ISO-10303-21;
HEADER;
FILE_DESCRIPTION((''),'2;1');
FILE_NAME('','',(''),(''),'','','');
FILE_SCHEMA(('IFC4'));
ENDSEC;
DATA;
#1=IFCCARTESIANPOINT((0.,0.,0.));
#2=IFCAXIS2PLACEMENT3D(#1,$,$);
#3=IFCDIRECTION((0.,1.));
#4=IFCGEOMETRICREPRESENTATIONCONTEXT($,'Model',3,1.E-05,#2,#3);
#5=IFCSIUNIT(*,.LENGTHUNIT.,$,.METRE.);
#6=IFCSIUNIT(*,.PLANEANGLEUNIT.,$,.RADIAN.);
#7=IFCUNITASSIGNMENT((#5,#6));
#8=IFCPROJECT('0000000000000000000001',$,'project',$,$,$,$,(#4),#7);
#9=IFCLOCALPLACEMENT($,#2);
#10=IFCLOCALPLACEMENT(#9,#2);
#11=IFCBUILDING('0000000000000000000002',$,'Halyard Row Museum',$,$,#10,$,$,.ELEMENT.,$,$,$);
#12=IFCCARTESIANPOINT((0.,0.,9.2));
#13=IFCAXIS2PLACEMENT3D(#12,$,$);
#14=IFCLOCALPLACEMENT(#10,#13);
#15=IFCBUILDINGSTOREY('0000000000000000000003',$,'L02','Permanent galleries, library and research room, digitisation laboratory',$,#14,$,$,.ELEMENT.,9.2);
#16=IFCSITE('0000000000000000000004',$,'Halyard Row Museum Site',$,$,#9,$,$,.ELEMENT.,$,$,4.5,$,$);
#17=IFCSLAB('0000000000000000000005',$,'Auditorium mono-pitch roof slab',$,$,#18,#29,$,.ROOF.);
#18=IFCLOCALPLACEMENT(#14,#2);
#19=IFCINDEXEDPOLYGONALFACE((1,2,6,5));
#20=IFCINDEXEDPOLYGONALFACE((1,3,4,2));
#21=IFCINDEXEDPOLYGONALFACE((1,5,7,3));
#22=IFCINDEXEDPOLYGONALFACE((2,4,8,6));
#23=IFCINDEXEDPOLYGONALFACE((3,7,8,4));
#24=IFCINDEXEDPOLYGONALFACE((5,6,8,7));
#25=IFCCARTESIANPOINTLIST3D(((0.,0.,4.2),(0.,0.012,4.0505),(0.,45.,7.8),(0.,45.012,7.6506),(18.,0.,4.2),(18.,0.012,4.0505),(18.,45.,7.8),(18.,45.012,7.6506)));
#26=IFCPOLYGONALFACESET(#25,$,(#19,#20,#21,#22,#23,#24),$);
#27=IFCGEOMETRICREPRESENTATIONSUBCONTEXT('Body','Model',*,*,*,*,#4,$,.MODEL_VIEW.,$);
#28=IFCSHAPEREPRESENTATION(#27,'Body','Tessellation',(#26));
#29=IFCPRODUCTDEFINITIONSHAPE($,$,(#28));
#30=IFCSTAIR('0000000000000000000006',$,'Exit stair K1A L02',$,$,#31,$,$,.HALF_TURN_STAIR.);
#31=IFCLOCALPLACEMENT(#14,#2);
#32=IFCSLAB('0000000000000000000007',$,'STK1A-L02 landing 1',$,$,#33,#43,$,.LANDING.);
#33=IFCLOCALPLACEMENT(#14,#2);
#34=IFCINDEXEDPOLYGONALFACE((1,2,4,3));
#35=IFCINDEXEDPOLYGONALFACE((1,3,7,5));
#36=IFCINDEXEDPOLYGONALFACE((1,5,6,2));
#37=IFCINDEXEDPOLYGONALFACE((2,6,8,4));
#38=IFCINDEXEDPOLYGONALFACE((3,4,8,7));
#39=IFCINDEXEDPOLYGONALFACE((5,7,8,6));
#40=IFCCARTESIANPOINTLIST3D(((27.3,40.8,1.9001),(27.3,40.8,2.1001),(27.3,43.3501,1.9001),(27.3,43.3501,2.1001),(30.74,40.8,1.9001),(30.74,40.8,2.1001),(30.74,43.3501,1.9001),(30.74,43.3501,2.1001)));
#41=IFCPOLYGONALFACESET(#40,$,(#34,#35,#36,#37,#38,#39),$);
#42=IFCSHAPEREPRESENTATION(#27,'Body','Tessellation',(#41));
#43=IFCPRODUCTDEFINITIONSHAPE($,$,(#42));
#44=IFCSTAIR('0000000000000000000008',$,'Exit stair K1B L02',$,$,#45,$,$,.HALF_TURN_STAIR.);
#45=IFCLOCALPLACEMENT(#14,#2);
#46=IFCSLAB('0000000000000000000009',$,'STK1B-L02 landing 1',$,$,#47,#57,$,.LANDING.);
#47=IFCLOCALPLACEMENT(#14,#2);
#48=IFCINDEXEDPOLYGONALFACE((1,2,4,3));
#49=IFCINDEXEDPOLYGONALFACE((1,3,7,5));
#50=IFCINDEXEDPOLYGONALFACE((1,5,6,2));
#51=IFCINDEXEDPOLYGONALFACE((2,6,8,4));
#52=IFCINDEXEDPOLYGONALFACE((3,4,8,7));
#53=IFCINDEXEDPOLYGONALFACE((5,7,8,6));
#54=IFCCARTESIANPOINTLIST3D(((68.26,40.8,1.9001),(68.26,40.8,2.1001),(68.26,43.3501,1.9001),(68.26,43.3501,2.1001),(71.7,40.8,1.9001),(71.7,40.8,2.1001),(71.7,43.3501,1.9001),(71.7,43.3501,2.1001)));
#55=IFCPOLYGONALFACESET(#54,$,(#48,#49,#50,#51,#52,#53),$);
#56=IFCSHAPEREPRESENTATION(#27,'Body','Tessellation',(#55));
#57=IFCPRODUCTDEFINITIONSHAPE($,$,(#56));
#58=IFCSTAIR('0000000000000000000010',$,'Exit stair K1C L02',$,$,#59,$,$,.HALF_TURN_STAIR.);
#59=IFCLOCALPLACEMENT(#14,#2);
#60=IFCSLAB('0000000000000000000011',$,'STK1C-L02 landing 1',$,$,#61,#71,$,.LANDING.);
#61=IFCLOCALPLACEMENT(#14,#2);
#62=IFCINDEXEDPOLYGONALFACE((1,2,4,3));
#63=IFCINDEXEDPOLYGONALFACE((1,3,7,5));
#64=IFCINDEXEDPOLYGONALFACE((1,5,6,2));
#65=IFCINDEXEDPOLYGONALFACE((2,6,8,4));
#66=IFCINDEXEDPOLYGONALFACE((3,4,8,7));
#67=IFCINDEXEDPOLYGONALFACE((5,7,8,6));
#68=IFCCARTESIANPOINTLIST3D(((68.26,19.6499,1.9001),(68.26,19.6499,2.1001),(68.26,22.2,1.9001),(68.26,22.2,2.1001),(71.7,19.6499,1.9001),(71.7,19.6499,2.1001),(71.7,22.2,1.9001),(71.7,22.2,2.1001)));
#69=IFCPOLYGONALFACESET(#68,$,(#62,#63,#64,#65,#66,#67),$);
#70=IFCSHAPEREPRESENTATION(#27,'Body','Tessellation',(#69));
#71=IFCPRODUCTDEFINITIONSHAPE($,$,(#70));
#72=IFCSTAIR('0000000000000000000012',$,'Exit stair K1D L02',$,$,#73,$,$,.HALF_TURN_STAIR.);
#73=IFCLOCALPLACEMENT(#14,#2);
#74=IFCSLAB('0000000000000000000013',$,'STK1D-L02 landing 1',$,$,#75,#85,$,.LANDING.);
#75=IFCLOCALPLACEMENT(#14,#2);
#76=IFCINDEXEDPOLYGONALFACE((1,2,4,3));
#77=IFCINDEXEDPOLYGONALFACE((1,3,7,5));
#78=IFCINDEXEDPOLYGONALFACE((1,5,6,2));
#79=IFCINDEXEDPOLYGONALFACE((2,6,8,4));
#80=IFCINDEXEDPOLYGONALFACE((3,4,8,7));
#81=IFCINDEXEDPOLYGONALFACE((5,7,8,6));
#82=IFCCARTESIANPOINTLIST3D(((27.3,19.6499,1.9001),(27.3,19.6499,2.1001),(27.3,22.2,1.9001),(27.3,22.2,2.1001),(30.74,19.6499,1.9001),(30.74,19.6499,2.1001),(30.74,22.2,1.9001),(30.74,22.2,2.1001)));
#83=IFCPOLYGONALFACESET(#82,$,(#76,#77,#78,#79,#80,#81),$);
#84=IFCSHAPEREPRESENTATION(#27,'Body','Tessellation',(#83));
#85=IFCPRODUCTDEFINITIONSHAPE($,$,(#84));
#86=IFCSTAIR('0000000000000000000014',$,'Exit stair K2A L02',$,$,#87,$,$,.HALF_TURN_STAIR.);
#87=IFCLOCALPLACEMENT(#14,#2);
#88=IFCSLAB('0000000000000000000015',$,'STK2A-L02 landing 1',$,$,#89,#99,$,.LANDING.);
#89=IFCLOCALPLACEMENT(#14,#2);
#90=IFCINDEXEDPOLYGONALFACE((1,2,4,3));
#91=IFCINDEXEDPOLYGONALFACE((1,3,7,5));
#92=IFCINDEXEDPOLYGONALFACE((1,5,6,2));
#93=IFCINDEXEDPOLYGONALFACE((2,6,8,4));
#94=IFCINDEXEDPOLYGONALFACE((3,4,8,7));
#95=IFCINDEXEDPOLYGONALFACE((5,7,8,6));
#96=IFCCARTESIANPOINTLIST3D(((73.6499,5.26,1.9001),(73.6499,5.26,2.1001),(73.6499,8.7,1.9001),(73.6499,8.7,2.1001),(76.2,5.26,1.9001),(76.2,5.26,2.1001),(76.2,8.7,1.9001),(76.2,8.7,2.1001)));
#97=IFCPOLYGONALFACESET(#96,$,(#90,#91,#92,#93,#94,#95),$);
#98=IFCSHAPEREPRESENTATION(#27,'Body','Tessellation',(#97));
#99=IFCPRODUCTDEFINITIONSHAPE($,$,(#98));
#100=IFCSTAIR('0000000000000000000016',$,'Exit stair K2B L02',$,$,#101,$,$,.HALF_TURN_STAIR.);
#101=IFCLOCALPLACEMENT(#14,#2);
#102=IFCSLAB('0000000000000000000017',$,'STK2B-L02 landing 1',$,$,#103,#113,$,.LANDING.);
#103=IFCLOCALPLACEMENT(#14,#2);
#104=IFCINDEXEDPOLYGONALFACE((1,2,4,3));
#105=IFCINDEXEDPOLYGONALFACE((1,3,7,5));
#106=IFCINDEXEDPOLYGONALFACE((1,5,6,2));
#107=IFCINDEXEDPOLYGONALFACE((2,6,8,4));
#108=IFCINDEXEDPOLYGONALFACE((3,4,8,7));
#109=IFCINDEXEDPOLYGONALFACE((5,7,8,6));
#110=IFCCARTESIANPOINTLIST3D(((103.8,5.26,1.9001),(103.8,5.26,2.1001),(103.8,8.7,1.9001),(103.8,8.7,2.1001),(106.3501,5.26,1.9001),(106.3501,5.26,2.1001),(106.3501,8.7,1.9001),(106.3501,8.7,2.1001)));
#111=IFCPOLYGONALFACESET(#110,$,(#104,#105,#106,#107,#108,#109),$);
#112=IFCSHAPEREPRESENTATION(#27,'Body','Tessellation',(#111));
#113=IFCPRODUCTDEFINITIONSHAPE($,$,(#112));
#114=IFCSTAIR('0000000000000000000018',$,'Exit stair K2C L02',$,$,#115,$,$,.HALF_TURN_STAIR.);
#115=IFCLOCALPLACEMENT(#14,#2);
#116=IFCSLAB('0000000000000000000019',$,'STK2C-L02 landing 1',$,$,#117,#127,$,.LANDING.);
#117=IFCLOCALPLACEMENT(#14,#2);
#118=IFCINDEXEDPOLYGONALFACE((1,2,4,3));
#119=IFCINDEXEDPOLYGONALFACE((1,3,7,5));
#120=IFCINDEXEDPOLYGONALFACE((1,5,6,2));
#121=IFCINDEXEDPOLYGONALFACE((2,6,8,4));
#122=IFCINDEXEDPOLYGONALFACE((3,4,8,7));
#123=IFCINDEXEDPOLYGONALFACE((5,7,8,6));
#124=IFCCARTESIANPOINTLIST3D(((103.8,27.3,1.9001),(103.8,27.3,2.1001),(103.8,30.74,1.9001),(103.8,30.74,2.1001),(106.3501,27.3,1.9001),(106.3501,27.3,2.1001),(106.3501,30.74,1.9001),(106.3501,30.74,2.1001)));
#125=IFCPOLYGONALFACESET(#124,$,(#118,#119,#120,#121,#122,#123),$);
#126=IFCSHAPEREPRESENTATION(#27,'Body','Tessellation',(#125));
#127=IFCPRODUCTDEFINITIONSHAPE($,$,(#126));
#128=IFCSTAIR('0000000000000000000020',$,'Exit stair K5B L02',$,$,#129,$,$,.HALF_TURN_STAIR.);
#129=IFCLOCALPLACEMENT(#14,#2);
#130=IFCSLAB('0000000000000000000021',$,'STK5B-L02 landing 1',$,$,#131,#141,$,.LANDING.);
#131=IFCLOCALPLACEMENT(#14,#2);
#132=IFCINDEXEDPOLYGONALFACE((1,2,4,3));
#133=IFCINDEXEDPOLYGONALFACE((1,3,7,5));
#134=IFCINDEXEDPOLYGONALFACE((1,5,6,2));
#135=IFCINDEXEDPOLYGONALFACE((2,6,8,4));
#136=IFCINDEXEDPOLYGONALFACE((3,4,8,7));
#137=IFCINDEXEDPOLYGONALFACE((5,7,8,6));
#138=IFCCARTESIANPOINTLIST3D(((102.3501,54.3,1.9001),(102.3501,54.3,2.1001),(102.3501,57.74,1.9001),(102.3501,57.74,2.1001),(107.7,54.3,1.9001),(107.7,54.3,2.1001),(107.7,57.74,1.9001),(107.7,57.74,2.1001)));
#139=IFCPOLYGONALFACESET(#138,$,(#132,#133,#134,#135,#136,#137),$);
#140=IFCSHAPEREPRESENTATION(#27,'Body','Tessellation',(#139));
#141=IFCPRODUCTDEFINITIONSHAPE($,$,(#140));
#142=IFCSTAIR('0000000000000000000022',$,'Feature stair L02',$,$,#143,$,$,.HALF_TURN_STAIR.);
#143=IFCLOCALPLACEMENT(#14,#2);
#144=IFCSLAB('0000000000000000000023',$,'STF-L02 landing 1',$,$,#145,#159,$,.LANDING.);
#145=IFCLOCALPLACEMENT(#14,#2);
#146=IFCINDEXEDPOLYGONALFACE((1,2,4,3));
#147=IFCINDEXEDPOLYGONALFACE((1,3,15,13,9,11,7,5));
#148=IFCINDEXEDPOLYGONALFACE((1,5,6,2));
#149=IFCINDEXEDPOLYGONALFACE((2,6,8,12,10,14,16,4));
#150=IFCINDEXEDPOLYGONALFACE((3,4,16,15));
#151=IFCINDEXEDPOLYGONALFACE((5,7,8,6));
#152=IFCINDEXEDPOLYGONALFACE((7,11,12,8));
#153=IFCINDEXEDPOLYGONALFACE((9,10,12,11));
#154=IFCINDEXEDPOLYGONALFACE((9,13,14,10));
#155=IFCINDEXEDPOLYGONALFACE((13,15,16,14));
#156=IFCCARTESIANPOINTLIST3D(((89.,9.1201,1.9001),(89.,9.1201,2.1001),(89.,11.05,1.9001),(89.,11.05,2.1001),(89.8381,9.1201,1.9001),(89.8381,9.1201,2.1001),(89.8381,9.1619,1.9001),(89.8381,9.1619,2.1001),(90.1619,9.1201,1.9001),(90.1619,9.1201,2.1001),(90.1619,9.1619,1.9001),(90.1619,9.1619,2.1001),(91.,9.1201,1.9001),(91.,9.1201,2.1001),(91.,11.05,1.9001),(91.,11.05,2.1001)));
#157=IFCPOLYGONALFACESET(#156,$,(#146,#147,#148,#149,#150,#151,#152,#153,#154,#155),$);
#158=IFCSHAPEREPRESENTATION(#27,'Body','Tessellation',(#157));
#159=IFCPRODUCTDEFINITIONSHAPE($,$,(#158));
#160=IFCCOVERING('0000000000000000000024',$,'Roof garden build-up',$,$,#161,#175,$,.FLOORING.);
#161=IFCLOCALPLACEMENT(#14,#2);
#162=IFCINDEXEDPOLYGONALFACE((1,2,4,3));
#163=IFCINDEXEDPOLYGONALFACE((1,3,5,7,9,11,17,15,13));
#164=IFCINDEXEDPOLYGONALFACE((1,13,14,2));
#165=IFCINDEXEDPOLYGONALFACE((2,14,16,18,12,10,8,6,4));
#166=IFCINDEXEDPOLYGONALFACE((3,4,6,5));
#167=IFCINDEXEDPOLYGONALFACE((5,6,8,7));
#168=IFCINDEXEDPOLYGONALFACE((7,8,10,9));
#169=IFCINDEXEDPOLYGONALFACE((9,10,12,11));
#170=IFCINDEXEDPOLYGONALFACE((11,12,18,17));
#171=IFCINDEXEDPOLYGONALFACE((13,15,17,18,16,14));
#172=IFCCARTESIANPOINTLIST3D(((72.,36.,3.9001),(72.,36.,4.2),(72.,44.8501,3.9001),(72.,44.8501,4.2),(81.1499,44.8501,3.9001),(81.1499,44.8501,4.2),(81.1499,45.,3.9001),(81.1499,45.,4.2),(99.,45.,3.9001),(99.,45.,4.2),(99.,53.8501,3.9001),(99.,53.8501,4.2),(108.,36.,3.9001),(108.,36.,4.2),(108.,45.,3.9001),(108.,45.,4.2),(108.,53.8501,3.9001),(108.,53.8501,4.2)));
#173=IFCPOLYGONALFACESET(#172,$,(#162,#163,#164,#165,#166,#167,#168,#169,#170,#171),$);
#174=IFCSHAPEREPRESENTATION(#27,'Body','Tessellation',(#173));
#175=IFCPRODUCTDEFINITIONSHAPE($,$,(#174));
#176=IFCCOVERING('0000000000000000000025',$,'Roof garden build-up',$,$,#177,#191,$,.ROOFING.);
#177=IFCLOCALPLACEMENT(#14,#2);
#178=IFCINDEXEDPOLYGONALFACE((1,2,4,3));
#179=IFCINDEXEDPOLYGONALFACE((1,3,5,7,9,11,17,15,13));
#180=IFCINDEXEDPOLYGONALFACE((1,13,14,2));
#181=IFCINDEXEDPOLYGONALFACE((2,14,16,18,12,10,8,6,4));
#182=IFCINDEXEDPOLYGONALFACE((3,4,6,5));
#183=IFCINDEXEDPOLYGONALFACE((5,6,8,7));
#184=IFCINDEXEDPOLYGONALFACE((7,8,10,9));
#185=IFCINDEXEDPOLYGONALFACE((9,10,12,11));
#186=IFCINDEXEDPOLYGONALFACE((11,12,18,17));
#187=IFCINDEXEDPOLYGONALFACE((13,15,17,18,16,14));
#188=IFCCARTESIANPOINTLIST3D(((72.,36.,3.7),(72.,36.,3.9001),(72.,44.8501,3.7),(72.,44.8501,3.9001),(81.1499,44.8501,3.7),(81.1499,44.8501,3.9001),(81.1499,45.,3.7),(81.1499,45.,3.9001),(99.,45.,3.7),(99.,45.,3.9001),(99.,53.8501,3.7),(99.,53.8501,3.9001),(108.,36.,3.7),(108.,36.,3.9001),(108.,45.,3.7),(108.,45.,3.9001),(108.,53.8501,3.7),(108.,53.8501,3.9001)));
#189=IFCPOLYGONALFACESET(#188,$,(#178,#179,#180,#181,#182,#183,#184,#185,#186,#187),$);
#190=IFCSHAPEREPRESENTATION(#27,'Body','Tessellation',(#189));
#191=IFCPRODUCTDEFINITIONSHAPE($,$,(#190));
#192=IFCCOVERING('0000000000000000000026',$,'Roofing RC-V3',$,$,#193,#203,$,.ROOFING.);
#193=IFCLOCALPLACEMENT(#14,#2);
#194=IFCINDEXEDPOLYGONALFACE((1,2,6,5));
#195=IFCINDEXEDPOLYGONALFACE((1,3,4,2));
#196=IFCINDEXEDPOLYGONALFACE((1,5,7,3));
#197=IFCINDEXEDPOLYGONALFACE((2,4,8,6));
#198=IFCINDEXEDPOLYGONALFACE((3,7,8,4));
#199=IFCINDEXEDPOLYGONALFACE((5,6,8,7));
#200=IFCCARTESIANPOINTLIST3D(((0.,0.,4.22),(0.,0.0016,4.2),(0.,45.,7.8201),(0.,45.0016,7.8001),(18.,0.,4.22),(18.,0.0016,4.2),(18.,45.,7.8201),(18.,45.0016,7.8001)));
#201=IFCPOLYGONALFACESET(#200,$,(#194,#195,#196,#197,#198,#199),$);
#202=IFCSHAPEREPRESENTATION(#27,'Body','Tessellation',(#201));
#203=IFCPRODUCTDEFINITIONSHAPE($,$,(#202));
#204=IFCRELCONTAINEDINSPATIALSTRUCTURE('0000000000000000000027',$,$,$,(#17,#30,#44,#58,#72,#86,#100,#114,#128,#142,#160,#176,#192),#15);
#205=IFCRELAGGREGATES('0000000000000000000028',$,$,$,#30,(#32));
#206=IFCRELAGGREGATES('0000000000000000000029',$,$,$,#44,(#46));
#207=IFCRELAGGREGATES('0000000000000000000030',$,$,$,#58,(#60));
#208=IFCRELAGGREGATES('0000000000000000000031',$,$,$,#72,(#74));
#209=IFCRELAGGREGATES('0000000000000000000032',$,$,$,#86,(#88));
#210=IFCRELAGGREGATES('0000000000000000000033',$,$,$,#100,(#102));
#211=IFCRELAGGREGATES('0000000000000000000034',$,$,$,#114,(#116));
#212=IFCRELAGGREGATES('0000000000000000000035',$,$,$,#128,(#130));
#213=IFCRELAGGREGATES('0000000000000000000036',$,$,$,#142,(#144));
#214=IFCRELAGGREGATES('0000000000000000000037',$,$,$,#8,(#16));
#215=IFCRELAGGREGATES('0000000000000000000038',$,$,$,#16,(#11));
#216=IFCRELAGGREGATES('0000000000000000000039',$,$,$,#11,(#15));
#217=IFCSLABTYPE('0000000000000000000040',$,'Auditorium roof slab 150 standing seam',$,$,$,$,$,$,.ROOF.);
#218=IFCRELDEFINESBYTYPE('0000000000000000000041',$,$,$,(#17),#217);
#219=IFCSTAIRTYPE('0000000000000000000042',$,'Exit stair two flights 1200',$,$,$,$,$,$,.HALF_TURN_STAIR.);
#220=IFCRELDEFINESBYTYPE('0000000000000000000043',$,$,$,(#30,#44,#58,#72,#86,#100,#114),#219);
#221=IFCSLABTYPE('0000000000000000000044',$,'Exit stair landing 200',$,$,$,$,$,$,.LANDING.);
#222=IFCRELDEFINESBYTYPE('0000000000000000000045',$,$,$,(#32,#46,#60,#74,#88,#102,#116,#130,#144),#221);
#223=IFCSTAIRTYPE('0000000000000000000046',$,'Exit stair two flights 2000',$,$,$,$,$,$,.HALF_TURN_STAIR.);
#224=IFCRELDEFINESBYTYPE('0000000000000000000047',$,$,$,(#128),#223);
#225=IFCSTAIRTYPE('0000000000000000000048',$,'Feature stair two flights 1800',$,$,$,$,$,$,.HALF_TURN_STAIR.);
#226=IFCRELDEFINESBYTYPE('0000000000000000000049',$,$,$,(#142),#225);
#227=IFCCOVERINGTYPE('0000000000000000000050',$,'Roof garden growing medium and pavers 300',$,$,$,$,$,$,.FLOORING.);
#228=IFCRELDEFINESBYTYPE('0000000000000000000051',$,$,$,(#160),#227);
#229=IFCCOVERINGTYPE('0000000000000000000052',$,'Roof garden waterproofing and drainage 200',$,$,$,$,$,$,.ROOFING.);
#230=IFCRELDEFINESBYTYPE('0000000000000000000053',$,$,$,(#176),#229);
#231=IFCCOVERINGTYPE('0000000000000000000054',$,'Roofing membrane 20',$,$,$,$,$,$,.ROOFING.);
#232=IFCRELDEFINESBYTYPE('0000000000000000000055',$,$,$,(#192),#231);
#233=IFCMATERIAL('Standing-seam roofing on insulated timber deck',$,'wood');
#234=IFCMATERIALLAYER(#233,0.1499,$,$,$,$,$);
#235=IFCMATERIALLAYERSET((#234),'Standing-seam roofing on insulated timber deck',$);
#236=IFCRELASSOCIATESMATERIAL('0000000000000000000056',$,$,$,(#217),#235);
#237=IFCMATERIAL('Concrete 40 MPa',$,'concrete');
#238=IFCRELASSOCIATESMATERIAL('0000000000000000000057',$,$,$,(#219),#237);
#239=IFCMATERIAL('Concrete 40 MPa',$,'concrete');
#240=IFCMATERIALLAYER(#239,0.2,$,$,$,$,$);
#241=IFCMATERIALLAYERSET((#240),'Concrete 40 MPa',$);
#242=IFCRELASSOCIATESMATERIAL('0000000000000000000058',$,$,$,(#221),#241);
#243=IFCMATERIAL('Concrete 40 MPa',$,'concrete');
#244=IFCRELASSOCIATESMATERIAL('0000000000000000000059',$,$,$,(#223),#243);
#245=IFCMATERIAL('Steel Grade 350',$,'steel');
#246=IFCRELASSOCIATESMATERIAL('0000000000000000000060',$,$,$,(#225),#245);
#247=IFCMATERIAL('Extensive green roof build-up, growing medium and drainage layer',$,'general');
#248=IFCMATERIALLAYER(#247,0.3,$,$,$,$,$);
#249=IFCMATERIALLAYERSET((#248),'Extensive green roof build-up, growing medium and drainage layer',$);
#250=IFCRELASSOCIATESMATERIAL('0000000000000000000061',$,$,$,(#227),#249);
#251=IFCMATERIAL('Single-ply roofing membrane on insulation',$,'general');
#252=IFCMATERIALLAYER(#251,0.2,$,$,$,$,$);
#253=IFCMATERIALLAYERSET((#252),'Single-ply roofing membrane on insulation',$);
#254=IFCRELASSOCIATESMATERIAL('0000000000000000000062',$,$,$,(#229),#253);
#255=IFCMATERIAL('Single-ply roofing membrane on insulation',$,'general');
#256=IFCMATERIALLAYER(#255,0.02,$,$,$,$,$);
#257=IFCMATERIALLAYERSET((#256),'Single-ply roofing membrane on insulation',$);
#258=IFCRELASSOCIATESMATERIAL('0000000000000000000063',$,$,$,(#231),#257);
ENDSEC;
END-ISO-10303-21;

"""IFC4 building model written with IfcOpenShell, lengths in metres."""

from ifc_helpers import new_model, si_unit, direction, frame, origin, place, context, subcontext, project, spatial, polyline, outline, extrude, material, layer, layer_set, type_object, element, aggregate, save


model = new_model("IFC4")

# Units and contexts
model_context = context("Model", 3, precision=1e-05, world=origin(), true_north=direction((0.0, 1.0)))
body_context = subcontext(model_context, "Body", "Model", "MODEL_VIEW")
ifc_project = project(units=[si_unit("LENGTHUNIT", "METRE"), si_unit("PLANEANGLEUNIT", "RADIAN")], contexts=[model_context])

# Site, building, storey
site_placement = place(None, origin())
site = spatial("IfcSite", under=ifc_project, at=site_placement, Name="Halyard Row Museum Site", CompositionType="ELEMENT", RefElevation=4.5)
building_placement = place(site_placement, origin())
building = spatial("IfcBuilding", under=site, at=building_placement, Name="Halyard Row Museum", CompositionType="ELEMENT")
storey_placement = place(building_placement, frame((0.0, 0.0, 9.2)))
storey = spatial("IfcBuildingStorey", under=building, at=storey_placement, Name="L02", Description="Permanent galleries, library and research room, digitisation laboratory", CompositionType="ELEMENT", Elevation=9.2)

# Slab
ifc_material_1 = material(Name="Standing-seam roofing on insulated timber deck", Category="wood")
ifc_layer_1 = layer(ifc_material_1, 0.1499)
ifc_layer_set_1 = layer_set([ifc_layer_1], Name="Standing-seam roofing on insulated timber deck")
slab_type_1 = type_object("IfcSlabType", Name="Auditorium roof slab 150 standing seam", PredefinedType="ROOF", material=ifc_layer_set_1)
slab_1_placement = place(storey_placement, frame((0.0, 0.0, 4.2), z_axis=(0.0, -0.079747, 0.996815), x_axis=(1.0, 0.0, 0.0)))
element("IfcSlab", 1, at=slab_1_placement, inside=storey, type_object=slab_type_1, Name="Auditorium mono-pitch roof slab", PredefinedType="ROOF", context=body_context, shape_type="SweptSolid", body=[
    extrude(outline(polyline([(0.0, 0.0), (18.0, 0.0), (18.0, 45.1438), (0.0, 45.1438), (0.0, 0.0)])), origin(), (0.0, 0.0, -1.0), 0.1499),
])

# Stairs, slabs
ifc_material_2 = material(Name="Concrete 40 MPa", Category="concrete")
stair_type_1 = type_object("IfcStairType", Name="Exit stair two flights 1200", PredefinedType="HALF_TURN_STAIR", material=ifc_material_2)
stair_1_placement = place(storey_placement, origin())
stair_1 = element("IfcStair", 2, at=stair_1_placement, inside=storey, type_object=stair_type_1, Name="Exit stair K1A L02", PredefinedType="HALF_TURN_STAIR")
ifc_material_3 = material(Name="Concrete 40 MPa", Category="concrete")
ifc_layer_2 = layer(ifc_material_3, 0.2)
ifc_layer_set_2 = layer_set([ifc_layer_2], Name="Concrete 40 MPa")
slab_type_2 = type_object("IfcSlabType", Name="Exit stair landing 200", PredefinedType="LANDING", material=ifc_layer_set_2)
slab_2_placement = place(storey_placement, frame((0.0, 0.0, 1.9001)))
slab_2 = element("IfcSlab", 3, at=slab_2_placement, type_object=slab_type_2, Name="STK1A-L02 landing 1", PredefinedType="LANDING", context=body_context, shape_type="SweptSolid", body=[
    extrude(outline(polyline([(30.74, 43.3501), (30.74, 40.8), (27.3, 40.8), (27.3, 43.3501), (30.74, 43.3501)])), origin(), (0.0, 0.0, 1.0), 0.2),
])
aggregate(stair_1, [slab_2])
stair_2_placement = place(storey_placement, origin())
stair_2 = element("IfcStair", 4, at=stair_2_placement, inside=storey, type_object=stair_type_1, Name="Exit stair K1B L02", PredefinedType="HALF_TURN_STAIR")
slab_3_placement = place(storey_placement, frame((0.0, 0.0, 1.9001)))
slab_3 = element("IfcSlab", 5, at=slab_3_placement, type_object=slab_type_2, Name="STK1B-L02 landing 1", PredefinedType="LANDING", context=body_context, shape_type="SweptSolid", body=[
    extrude(outline(polyline([(68.26, 43.3501), (68.26, 40.8), (71.7, 40.8), (71.7, 43.3501), (68.26, 43.3501)])), origin(), (0.0, 0.0, 1.0), 0.2),
])
aggregate(stair_2, [slab_3])
stair_3_placement = place(storey_placement, origin())
stair_3 = element("IfcStair", 6, at=stair_3_placement, inside=storey, type_object=stair_type_1, Name="Exit stair K1C L02", PredefinedType="HALF_TURN_STAIR")
slab_4_placement = place(storey_placement, frame((0.0, 0.0, 1.9001)))
slab_4 = element("IfcSlab", 7, at=slab_4_placement, type_object=slab_type_2, Name="STK1C-L02 landing 1", PredefinedType="LANDING", context=body_context, shape_type="SweptSolid", body=[
    extrude(outline(polyline([(68.26, 19.6499), (68.26, 22.2), (71.7, 22.2), (71.7, 19.6499), (68.26, 19.6499)])), origin(), (0.0, 0.0, 1.0), 0.2),
])
aggregate(stair_3, [slab_4])
stair_4_placement = place(storey_placement, origin())
stair_4 = element("IfcStair", 8, at=stair_4_placement, inside=storey, type_object=stair_type_1, Name="Exit stair K1D L02", PredefinedType="HALF_TURN_STAIR")
slab_5_placement = place(storey_placement, frame((0.0, 0.0, 1.9001)))
slab_5 = element("IfcSlab", 9, at=slab_5_placement, type_object=slab_type_2, Name="STK1D-L02 landing 1", PredefinedType="LANDING", context=body_context, shape_type="SweptSolid", body=[
    extrude(outline(polyline([(30.74, 19.6499), (30.74, 22.2), (27.3, 22.2), (27.3, 19.6499), (30.74, 19.6499)])), origin(), (0.0, 0.0, 1.0), 0.2),
])
aggregate(stair_4, [slab_5])
stair_5_placement = place(storey_placement, origin())
stair_5 = element("IfcStair", 10, at=stair_5_placement, inside=storey, type_object=stair_type_1, Name="Exit stair K2A L02", PredefinedType="HALF_TURN_STAIR")
slab_6_placement = place(storey_placement, frame((0.0, 0.0, 1.9001)))
slab_6 = element("IfcSlab", 11, at=slab_6_placement, type_object=slab_type_2, Name="STK2A-L02 landing 1", PredefinedType="LANDING", context=body_context, shape_type="SweptSolid", body=[
    extrude(outline(polyline([(73.6499, 5.26), (76.2, 5.26), (76.2, 8.7), (73.6499, 8.7), (73.6499, 5.26)])), origin(), (0.0, 0.0, 1.0), 0.2),
])
aggregate(stair_5, [slab_6])
stair_6_placement = place(storey_placement, origin())
stair_6 = element("IfcStair", 12, at=stair_6_placement, inside=storey, type_object=stair_type_1, Name="Exit stair K2B L02", PredefinedType="HALF_TURN_STAIR")
slab_7_placement = place(storey_placement, frame((0.0, 0.0, 1.9001)))
slab_7 = element("IfcSlab", 13, at=slab_7_placement, type_object=slab_type_2, Name="STK2B-L02 landing 1", PredefinedType="LANDING", context=body_context, shape_type="SweptSolid", body=[
    extrude(outline(polyline([(106.3501, 5.26), (103.8, 5.26), (103.8, 8.7), (106.3501, 8.7), (106.3501, 5.26)])), origin(), (0.0, 0.0, 1.0), 0.2),
])
aggregate(stair_6, [slab_7])
stair_7_placement = place(storey_placement, origin())
stair_7 = element("IfcStair", 14, at=stair_7_placement, inside=storey, type_object=stair_type_1, Name="Exit stair K2C L02", PredefinedType="HALF_TURN_STAIR")
slab_8_placement = place(storey_placement, frame((0.0, 0.0, 1.9001)))
slab_8 = element("IfcSlab", 15, at=slab_8_placement, type_object=slab_type_2, Name="STK2C-L02 landing 1", PredefinedType="LANDING", context=body_context, shape_type="SweptSolid", body=[
    extrude(outline(polyline([(106.3501, 30.74), (103.8, 30.74), (103.8, 27.3), (106.3501, 27.3), (106.3501, 30.74)])), origin(), (0.0, 0.0, 1.0), 0.2),
])
aggregate(stair_7, [slab_8])
ifc_material_4 = material(Name="Concrete 40 MPa", Category="concrete")
stair_type_2 = type_object("IfcStairType", Name="Exit stair two flights 2000", PredefinedType="HALF_TURN_STAIR", material=ifc_material_4)
stair_8_placement = place(storey_placement, origin())
stair_8 = element("IfcStair", 16, at=stair_8_placement, inside=storey, type_object=stair_type_2, Name="Exit stair K5B L02", PredefinedType="HALF_TURN_STAIR")
slab_9_placement = place(storey_placement, frame((0.0, 0.0, 1.9001)))
slab_9 = element("IfcSlab", 17, at=slab_9_placement, type_object=slab_type_2, Name="STK5B-L02 landing 1", PredefinedType="LANDING", context=body_context, shape_type="SweptSolid", body=[
    extrude(outline(polyline([(107.7, 57.74), (102.3501, 57.74), (102.3501, 54.3), (107.7, 54.3), (107.7, 57.74)])), origin(), (0.0, 0.0, 1.0), 0.2),
])
aggregate(stair_8, [slab_9])
ifc_material_5 = material(Name="Steel Grade 350", Category="steel")
stair_type_3 = type_object("IfcStairType", Name="Feature stair two flights 1800", PredefinedType="HALF_TURN_STAIR", material=ifc_material_5)
stair_9_placement = place(storey_placement, origin())
stair_9 = element("IfcStair", 18, at=stair_9_placement, inside=storey, type_object=stair_type_3, Name="Feature stair L02", PredefinedType="HALF_TURN_STAIR")
slab_10_placement = place(storey_placement, frame((0.0, 0.0, 1.9001)))
slab_10 = element("IfcSlab", 19, at=slab_10_placement, type_object=slab_type_2, Name="STF-L02 landing 1", PredefinedType="LANDING", context=body_context, shape_type="SweptSolid", body=[
    extrude(outline(polyline([(89.0, 9.1201), (89.8381, 9.1201), (89.8381, 9.1619), (90.1619, 9.1619), (90.1619, 9.1201), (91.0, 9.1201), (91.0, 11.05), (89.0, 11.05), (89.0, 9.1201)])), origin(), (0.0, 0.0, 1.0), 0.2),
])
aggregate(stair_9, [slab_10])

# Coverings
ifc_material_6 = material(Name="Extensive green roof build-up, growing medium and drainage layer", Category="general")
ifc_layer_3 = layer(ifc_material_6, 0.3)
ifc_layer_set_3 = layer_set([ifc_layer_3], Name="Extensive green roof build-up, growing medium and drainage layer")
covering_type_1 = type_object("IfcCoveringType", Name="Roof garden growing medium and pavers 300", PredefinedType="FLOORING", material=ifc_layer_set_3)
covering_1_placement = place(storey_placement, frame((0.0, 0.0, 3.9001)))
element("IfcCovering", 20, at=covering_1_placement, inside=storey, type_object=covering_type_1, Name="Roof garden build-up", PredefinedType="FLOORING", context=body_context, shape_type="SweptSolid", body=[
    extrude(outline(polyline([(81.1499, 44.8501), (81.1499, 45.0), (99.0, 45.0), (99.0, 53.8501), (108.0, 53.8501), (108.0, 45.0), (108.0, 36.0), (72.0, 36.0), (72.0, 44.8501), (81.1499, 44.8501)])), origin(), (0.0, 0.0, 1.0), 0.2998),
])
ifc_material_7 = material(Name="Single-ply roofing membrane on insulation", Category="general")
ifc_layer_4 = layer(ifc_material_7, 0.2)
ifc_layer_set_4 = layer_set([ifc_layer_4], Name="Single-ply roofing membrane on insulation")
covering_type_2 = type_object("IfcCoveringType", Name="Roof garden waterproofing and drainage 200", PredefinedType="ROOFING", material=ifc_layer_set_4)
covering_2_placement = place(storey_placement, frame((0.0, 0.0, 3.7)))
element("IfcCovering", 21, at=covering_2_placement, inside=storey, type_object=covering_type_2, Name="Roof garden build-up", PredefinedType="ROOFING", context=body_context, shape_type="SweptSolid", body=[
    extrude(outline(polyline([(81.1499, 44.8501), (81.1499, 45.0), (99.0, 45.0), (99.0, 53.8501), (108.0, 53.8501), (108.0, 45.0), (108.0, 36.0), (72.0, 36.0), (72.0, 44.8501), (81.1499, 44.8501)])), origin(), (0.0, 0.0, 1.0), 0.2002),
])
ifc_material_8 = material(Name="Single-ply roofing membrane on insulation", Category="general")
ifc_layer_5 = layer(ifc_material_8, 0.02)
ifc_layer_set_5 = layer_set([ifc_layer_5], Name="Single-ply roofing membrane on insulation")
covering_type_3 = type_object("IfcCoveringType", Name="Roofing membrane 20", PredefinedType="ROOFING", material=ifc_layer_set_5)
covering_3_placement = place(storey_placement, frame((0.0, 0.0, 4.22), z_axis=(0.0, -0.079747, 0.996815), x_axis=(1.0, 0.0, 0.0)))
element("IfcCovering", 22, at=covering_3_placement, inside=storey, type_object=covering_type_3, Name="Roofing RC-V3", PredefinedType="ROOFING", context=body_context, shape_type="SweptSolid", body=[
    extrude(outline(polyline([(0.0, 0.0), (18.0, 0.0), (18.0, 45.1438), (0.0, 45.1438), (0.0, 0.0)])), origin(), (0.0, 0.0, -1.0), 0.02),
])

save(model, "model.ifc")
